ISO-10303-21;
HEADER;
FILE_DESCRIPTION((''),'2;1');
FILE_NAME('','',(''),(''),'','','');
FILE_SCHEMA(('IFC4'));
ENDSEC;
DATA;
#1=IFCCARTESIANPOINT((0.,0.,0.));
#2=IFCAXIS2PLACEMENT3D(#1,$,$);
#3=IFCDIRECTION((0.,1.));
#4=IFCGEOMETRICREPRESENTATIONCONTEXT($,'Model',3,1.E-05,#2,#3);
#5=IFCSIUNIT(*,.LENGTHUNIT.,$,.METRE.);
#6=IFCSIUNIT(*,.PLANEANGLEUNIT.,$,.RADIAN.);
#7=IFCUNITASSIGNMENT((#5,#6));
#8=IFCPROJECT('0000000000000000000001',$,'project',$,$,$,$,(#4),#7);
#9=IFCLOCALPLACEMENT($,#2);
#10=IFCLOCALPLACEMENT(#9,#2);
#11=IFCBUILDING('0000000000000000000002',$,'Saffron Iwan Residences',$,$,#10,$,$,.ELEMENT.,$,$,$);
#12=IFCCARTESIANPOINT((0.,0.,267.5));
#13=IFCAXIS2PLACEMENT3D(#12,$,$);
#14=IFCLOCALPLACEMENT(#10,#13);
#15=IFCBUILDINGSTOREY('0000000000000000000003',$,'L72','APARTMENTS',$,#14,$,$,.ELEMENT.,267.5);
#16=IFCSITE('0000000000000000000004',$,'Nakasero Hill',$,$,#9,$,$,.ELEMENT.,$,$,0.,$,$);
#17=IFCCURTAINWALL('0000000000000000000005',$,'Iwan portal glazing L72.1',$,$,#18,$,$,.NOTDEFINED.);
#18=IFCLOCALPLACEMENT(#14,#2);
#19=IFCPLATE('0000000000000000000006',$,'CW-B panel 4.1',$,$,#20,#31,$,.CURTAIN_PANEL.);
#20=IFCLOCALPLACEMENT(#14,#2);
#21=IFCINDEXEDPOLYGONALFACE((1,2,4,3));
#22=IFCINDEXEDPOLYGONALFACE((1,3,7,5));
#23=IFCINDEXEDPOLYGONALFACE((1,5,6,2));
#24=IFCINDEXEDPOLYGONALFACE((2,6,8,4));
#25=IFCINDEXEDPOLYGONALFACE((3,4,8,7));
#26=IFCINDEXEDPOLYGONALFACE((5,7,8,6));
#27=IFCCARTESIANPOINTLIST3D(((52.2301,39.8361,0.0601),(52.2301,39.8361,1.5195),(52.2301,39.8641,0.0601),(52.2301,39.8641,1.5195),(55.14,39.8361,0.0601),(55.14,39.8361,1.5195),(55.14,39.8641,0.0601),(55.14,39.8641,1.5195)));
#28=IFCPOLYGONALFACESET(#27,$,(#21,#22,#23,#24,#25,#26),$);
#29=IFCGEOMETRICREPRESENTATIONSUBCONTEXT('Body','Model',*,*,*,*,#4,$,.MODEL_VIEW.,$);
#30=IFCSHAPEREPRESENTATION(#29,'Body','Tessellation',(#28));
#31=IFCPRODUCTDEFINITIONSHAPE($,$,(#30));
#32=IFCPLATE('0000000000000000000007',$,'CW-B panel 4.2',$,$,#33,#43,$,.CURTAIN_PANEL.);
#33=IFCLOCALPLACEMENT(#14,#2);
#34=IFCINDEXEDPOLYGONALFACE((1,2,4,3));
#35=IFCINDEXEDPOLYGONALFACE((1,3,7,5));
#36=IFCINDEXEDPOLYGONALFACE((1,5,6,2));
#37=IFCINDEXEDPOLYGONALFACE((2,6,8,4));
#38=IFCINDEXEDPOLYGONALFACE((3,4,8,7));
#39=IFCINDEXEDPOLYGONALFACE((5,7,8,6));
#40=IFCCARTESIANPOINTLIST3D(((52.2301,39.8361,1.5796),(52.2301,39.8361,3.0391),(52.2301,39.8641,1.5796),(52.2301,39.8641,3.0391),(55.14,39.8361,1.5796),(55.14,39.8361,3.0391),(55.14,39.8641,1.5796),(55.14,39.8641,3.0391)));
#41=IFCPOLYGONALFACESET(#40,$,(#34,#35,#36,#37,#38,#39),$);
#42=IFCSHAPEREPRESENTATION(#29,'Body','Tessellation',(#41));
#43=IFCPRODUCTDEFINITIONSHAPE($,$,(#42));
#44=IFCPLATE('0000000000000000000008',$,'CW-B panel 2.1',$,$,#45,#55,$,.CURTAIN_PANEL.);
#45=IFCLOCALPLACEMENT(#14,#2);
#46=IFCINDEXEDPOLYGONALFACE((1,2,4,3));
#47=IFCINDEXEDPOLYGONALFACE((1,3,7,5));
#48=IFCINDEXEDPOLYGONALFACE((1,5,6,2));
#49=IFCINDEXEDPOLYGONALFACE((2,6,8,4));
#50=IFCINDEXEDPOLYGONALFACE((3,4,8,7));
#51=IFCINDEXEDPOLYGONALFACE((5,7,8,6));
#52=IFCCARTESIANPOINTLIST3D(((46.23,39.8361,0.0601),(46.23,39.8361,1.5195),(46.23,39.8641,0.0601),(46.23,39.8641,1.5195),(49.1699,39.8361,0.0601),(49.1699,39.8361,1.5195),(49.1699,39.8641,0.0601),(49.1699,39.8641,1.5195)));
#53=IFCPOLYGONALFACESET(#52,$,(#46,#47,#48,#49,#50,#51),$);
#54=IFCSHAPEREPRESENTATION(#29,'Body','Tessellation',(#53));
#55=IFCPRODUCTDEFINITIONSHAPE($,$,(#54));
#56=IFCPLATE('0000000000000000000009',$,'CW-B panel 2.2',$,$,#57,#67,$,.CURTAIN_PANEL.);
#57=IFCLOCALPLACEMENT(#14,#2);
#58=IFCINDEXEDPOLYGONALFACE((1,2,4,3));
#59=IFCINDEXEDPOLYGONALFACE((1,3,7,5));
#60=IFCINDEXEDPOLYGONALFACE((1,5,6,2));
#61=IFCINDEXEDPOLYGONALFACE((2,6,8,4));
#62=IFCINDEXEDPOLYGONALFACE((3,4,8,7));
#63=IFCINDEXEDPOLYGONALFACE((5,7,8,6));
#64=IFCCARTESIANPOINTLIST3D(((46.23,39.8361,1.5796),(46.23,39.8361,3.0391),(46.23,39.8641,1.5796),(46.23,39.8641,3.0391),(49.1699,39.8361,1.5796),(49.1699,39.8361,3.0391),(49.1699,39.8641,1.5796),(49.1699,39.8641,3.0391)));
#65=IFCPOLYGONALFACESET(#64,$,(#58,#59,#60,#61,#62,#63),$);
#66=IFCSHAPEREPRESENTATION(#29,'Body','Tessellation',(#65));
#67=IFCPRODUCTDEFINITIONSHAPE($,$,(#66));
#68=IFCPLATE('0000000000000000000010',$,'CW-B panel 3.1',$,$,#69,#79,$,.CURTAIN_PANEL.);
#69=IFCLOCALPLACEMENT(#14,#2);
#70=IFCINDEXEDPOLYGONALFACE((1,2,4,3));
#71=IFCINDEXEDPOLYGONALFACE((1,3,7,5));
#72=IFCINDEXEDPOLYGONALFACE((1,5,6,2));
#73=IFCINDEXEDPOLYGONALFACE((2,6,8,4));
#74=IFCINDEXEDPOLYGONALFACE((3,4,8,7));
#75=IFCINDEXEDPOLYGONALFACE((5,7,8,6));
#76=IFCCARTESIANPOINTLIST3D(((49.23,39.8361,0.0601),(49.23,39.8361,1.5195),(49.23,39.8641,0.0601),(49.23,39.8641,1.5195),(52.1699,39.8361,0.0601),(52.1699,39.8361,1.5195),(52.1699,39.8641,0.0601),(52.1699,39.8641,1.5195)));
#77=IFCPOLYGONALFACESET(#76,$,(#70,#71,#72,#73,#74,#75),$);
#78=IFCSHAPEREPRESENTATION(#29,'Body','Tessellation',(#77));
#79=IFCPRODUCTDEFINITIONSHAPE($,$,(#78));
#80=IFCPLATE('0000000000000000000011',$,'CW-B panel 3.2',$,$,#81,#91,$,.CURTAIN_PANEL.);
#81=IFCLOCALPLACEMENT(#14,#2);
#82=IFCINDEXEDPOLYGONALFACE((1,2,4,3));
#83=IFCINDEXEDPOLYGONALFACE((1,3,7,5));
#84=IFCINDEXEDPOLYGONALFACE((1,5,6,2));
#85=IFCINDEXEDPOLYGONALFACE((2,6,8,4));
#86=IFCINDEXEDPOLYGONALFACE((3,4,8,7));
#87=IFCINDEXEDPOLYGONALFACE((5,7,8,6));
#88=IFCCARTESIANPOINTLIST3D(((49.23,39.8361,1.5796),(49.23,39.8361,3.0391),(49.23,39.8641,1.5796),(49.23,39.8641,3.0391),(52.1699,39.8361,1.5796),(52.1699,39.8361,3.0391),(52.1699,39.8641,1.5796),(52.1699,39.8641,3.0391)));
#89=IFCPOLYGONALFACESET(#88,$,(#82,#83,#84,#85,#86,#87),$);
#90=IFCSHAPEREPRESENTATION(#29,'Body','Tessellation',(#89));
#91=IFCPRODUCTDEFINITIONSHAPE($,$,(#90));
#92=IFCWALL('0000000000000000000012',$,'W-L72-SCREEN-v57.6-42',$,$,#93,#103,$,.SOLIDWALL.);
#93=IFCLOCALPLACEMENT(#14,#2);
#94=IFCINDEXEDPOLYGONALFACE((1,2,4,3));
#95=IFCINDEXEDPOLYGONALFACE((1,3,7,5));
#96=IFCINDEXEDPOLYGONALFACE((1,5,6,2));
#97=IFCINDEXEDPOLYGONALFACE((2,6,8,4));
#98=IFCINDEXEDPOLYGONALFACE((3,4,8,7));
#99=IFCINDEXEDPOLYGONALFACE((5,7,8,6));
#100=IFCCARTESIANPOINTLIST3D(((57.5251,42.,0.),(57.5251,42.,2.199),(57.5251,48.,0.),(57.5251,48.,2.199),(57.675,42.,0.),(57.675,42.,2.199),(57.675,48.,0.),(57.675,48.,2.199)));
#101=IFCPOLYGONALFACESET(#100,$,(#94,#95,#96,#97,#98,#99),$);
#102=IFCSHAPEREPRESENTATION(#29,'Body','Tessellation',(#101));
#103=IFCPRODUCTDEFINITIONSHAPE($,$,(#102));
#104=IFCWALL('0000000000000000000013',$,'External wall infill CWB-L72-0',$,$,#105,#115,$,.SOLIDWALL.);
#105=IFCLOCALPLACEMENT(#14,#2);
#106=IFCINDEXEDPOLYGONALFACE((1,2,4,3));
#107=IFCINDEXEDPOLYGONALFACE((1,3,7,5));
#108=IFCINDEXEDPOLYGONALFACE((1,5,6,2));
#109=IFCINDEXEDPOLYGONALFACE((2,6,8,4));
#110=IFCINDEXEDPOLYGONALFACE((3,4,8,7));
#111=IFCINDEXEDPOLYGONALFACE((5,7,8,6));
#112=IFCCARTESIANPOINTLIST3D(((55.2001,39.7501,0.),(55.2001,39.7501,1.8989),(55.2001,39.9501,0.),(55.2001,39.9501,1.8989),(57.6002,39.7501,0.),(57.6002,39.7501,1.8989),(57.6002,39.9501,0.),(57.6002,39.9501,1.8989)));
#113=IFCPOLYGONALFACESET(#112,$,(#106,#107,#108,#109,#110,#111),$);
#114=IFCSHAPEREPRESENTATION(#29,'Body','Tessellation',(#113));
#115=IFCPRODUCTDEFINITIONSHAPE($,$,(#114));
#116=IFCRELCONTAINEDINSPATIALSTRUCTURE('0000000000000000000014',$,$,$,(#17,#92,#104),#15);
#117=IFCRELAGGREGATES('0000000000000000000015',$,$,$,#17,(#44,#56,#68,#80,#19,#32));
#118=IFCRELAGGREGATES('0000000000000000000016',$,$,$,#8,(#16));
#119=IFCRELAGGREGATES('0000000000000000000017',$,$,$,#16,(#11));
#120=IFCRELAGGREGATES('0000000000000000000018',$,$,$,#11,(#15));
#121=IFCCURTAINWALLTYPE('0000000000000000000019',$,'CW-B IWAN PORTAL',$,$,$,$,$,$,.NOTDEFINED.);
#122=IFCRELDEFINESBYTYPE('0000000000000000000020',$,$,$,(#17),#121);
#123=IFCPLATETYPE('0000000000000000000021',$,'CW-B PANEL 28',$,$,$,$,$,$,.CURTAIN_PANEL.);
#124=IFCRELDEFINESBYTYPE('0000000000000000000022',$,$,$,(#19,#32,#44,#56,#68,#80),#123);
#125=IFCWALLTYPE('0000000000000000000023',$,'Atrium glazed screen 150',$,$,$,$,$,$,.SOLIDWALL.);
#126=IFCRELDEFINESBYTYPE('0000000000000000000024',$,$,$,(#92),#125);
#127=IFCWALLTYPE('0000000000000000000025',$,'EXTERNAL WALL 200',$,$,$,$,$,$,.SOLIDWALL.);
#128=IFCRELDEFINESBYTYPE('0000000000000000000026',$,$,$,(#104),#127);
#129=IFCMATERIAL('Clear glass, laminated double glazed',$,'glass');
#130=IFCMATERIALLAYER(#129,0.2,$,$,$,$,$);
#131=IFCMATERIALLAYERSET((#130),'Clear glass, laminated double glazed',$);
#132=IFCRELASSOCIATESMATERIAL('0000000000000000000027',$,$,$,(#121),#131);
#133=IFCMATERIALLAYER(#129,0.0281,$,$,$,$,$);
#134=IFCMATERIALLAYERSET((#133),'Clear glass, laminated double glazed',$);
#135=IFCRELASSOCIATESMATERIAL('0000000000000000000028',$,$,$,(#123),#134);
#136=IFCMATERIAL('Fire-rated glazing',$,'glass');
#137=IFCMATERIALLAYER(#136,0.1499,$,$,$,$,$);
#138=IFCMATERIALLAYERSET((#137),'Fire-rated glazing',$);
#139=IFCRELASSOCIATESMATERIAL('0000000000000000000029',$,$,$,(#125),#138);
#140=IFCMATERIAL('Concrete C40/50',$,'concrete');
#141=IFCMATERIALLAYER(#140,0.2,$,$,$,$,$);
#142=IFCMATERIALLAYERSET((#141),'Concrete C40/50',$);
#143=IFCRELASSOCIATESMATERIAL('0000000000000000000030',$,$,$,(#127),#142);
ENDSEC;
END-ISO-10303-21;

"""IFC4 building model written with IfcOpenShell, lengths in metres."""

from ifc_helpers import new_model, si_unit, direction, frame, frame_2d, origin, origin_2d, place, context, subcontext, project, spatial, rectangle, extrude, source, transform, mapped, material, layer, layer_set, type_object, element, aggregate, save


model = new_model("IFC4")

# Units and contexts
model_context = context("Model", 3, precision=1e-05, world=origin(), true_north=direction((0.0, 1.0)))
body_context = subcontext(model_context, "Body", "Model", "MODEL_VIEW")
ifc_project = project(units=[si_unit("LENGTHUNIT", "METRE"), si_unit("PLANEANGLEUNIT", "RADIAN")], contexts=[model_context])

# Site, building, storey
site_placement = place(None, origin())
site = spatial("IfcSite", under=ifc_project, at=site_placement, Name="Nakasero Hill", CompositionType="ELEMENT", RefElevation=0.0)
building_placement = place(site_placement, origin())
building = spatial("IfcBuilding", under=site, at=building_placement, Name="Saffron Iwan Residences", CompositionType="ELEMENT")
storey_placement = place(building_placement, frame((0.0, 0.0, 267.5)))
storey = spatial("IfcBuildingStorey", under=building, at=storey_placement, Name="L72", Description="APARTMENTS", CompositionType="ELEMENT", Elevation=267.5)

# Shared definitions
ifc_material_1 = material(Name="Concrete C40/50", Category="concrete")

# Curtain wall, plates
ifc_material_2 = material(Name="Clear glass, laminated double glazed", Category="glass")
ifc_layer_1 = layer(ifc_material_2, 0.2)
ifc_layer_set_1 = layer_set([ifc_layer_1], Name="Clear glass, laminated double glazed")
curtain_wall_type = type_object("IfcCurtainWallType", Name="CW-B IWAN PORTAL", PredefinedType="NOTDEFINED", material=ifc_layer_set_1)
curtain_wall_placement = place(storey_placement, origin())
curtain_wall = element("IfcCurtainWall", 1, at=curtain_wall_placement, inside=storey, type_object=curtain_wall_type, Name="Iwan portal glazing L72.1", PredefinedType="NOTDEFINED")
ifc_layer_2 = layer(ifc_material_2, 0.0281)
ifc_layer_set_2 = layer_set([ifc_layer_2], Name="Clear glass, laminated double glazed")
plate_type = type_object("IfcPlateType", Name="CW-B PANEL 28", PredefinedType="CURTAIN_PANEL", material=ifc_layer_set_2)
shared_shape_1 = source(origin(), body_context, "Body", "SweptSolid", [
    extrude(rectangle(XDim=2.9099, YDim=0.0281, at=origin_2d()), origin(), (0.0, 0.0, 1.0), 1.4595),
])
plate_1_placement = place(storey_placement, frame((53.6851, 39.8501, 0.0601), z_axis=(0.0, 0.0, 1.0), x_axis=(1.0, 0.0, 0.0)))
plate_1 = element("IfcPlate", 2, at=plate_1_placement, type_object=plate_type, Name="CW-B panel 4.1", PredefinedType="CURTAIN_PANEL", context=body_context, shape_type="MappedRepresentation", body=[
    mapped(shared_shape_1, transform((0.0, 0.0, 0.0))),
])
plate_2_placement = place(storey_placement, frame((53.6851, 39.8501, 1.5796), z_axis=(0.0, 0.0, 1.0), x_axis=(1.0, 0.0, 0.0)))
plate_2 = element("IfcPlate", 3, at=plate_2_placement, type_object=plate_type, Name="CW-B panel 4.2", PredefinedType="CURTAIN_PANEL", context=body_context, shape_type="MappedRepresentation", body=[
    mapped(shared_shape_1, transform((0.0, 0.0, 0.0))),
])
shared_shape_2 = source(origin(), body_context, "Body", "SweptSolid", [
    extrude(rectangle(XDim=2.9399, YDim=0.0281, at=origin_2d()), origin(), (0.0, 0.0, 1.0), 1.4595),
])
plate_3_placement = place(storey_placement, frame((47.7, 39.8501, 0.0601), z_axis=(0.0, 0.0, 1.0), x_axis=(1.0, 0.0, 0.0)))
plate_3 = element("IfcPlate", 4, at=plate_3_placement, type_object=plate_type, Name="CW-B panel 2.1", PredefinedType="CURTAIN_PANEL", context=body_context, shape_type="MappedRepresentation", body=[
    mapped(shared_shape_2, transform((0.0, 0.0, 0.0))),
])
plate_4_placement = place(storey_placement, frame((47.7, 39.8501, 1.5796), z_axis=(0.0, 0.0, 1.0), x_axis=(1.0, 0.0, 0.0)))
plate_4 = element("IfcPlate", 5, at=plate_4_placement, type_object=plate_type, Name="CW-B panel 2.2", PredefinedType="CURTAIN_PANEL", context=body_context, shape_type="MappedRepresentation", body=[
    mapped(shared_shape_2, transform((0.0, 0.0, 0.0))),
])
plate_5_placement = place(storey_placement, frame((50.7, 39.8501, 0.0601), z_axis=(0.0, 0.0, 1.0), x_axis=(1.0, 0.0, 0.0)))
plate_5 = element("IfcPlate", 6, at=plate_5_placement, type_object=plate_type, Name="CW-B panel 3.1", PredefinedType="CURTAIN_PANEL", context=body_context, shape_type="MappedRepresentation", body=[
    mapped(shared_shape_2, transform((0.0, 0.0, 0.0))),
])
plate_6_placement = place(storey_placement, frame((50.7, 39.8501, 1.5796), z_axis=(0.0, 0.0, 1.0), x_axis=(1.0, 0.0, 0.0)))
plate_6 = element("IfcPlate", 7, at=plate_6_placement, type_object=plate_type, Name="CW-B panel 3.2", PredefinedType="CURTAIN_PANEL", context=body_context, shape_type="MappedRepresentation", body=[
    mapped(shared_shape_2, transform((0.0, 0.0, 0.0))),
])
aggregate(curtain_wall, [plate_3, plate_4, plate_5, plate_6, plate_1, plate_2])

# Walls
ifc_material_3 = material(Name="Fire-rated glazing", Category="glass")
ifc_layer_3 = layer(ifc_material_3, 0.1499)
ifc_layer_set_3 = layer_set([ifc_layer_3], Name="Fire-rated glazing")
wall_type_1 = type_object("IfcWallType", Name="Atrium glazed screen 150", PredefinedType="SOLIDWALL", material=ifc_layer_set_3)
wall_1_placement = place(storey_placement, frame((57.6001, 42.0, 0.0), z_axis=(0.0, 0.0, 1.0), x_axis=(0.0, 1.0, 0.0)))
element("IfcWall", 8, at=wall_1_placement, inside=storey, type_object=wall_type_1, Name="W-L72-SCREEN-v57.6-42", PredefinedType="SOLIDWALL", context=body_context, shape_type="SweptSolid", body=[
    extrude(rectangle(XDim=6.0, YDim=0.1499, at=frame_2d((3.0, 0.0))), origin(), (0.0, 0.0, 1.0), 2.199),
])
ifc_layer_4 = layer(ifc_material_1, 0.2)
ifc_layer_set_4 = layer_set([ifc_layer_4], Name="Concrete C40/50")
wall_type_2 = type_object("IfcWallType", Name="EXTERNAL WALL 200", PredefinedType="SOLIDWALL", material=ifc_layer_set_4)
wall_2_placement = place(storey_placement, frame((55.2, 39.8501, 0.0), z_axis=(0.0, 0.0, 1.0), x_axis=(1.0, 0.0, 0.0)))
element("IfcWall", 9, at=wall_2_placement, inside=storey, type_object=wall_type_2, Name="External wall infill CWB-L72-0", PredefinedType="SOLIDWALL", context=body_context, shape_type="SweptSolid", body=[
    extrude(rectangle(XDim=2.4001, YDim=0.2, at=frame_2d((1.2002, 0.0))), origin(), (0.0, 0.0, 1.0), 1.8989),
])

save(model, "model.ifc")
